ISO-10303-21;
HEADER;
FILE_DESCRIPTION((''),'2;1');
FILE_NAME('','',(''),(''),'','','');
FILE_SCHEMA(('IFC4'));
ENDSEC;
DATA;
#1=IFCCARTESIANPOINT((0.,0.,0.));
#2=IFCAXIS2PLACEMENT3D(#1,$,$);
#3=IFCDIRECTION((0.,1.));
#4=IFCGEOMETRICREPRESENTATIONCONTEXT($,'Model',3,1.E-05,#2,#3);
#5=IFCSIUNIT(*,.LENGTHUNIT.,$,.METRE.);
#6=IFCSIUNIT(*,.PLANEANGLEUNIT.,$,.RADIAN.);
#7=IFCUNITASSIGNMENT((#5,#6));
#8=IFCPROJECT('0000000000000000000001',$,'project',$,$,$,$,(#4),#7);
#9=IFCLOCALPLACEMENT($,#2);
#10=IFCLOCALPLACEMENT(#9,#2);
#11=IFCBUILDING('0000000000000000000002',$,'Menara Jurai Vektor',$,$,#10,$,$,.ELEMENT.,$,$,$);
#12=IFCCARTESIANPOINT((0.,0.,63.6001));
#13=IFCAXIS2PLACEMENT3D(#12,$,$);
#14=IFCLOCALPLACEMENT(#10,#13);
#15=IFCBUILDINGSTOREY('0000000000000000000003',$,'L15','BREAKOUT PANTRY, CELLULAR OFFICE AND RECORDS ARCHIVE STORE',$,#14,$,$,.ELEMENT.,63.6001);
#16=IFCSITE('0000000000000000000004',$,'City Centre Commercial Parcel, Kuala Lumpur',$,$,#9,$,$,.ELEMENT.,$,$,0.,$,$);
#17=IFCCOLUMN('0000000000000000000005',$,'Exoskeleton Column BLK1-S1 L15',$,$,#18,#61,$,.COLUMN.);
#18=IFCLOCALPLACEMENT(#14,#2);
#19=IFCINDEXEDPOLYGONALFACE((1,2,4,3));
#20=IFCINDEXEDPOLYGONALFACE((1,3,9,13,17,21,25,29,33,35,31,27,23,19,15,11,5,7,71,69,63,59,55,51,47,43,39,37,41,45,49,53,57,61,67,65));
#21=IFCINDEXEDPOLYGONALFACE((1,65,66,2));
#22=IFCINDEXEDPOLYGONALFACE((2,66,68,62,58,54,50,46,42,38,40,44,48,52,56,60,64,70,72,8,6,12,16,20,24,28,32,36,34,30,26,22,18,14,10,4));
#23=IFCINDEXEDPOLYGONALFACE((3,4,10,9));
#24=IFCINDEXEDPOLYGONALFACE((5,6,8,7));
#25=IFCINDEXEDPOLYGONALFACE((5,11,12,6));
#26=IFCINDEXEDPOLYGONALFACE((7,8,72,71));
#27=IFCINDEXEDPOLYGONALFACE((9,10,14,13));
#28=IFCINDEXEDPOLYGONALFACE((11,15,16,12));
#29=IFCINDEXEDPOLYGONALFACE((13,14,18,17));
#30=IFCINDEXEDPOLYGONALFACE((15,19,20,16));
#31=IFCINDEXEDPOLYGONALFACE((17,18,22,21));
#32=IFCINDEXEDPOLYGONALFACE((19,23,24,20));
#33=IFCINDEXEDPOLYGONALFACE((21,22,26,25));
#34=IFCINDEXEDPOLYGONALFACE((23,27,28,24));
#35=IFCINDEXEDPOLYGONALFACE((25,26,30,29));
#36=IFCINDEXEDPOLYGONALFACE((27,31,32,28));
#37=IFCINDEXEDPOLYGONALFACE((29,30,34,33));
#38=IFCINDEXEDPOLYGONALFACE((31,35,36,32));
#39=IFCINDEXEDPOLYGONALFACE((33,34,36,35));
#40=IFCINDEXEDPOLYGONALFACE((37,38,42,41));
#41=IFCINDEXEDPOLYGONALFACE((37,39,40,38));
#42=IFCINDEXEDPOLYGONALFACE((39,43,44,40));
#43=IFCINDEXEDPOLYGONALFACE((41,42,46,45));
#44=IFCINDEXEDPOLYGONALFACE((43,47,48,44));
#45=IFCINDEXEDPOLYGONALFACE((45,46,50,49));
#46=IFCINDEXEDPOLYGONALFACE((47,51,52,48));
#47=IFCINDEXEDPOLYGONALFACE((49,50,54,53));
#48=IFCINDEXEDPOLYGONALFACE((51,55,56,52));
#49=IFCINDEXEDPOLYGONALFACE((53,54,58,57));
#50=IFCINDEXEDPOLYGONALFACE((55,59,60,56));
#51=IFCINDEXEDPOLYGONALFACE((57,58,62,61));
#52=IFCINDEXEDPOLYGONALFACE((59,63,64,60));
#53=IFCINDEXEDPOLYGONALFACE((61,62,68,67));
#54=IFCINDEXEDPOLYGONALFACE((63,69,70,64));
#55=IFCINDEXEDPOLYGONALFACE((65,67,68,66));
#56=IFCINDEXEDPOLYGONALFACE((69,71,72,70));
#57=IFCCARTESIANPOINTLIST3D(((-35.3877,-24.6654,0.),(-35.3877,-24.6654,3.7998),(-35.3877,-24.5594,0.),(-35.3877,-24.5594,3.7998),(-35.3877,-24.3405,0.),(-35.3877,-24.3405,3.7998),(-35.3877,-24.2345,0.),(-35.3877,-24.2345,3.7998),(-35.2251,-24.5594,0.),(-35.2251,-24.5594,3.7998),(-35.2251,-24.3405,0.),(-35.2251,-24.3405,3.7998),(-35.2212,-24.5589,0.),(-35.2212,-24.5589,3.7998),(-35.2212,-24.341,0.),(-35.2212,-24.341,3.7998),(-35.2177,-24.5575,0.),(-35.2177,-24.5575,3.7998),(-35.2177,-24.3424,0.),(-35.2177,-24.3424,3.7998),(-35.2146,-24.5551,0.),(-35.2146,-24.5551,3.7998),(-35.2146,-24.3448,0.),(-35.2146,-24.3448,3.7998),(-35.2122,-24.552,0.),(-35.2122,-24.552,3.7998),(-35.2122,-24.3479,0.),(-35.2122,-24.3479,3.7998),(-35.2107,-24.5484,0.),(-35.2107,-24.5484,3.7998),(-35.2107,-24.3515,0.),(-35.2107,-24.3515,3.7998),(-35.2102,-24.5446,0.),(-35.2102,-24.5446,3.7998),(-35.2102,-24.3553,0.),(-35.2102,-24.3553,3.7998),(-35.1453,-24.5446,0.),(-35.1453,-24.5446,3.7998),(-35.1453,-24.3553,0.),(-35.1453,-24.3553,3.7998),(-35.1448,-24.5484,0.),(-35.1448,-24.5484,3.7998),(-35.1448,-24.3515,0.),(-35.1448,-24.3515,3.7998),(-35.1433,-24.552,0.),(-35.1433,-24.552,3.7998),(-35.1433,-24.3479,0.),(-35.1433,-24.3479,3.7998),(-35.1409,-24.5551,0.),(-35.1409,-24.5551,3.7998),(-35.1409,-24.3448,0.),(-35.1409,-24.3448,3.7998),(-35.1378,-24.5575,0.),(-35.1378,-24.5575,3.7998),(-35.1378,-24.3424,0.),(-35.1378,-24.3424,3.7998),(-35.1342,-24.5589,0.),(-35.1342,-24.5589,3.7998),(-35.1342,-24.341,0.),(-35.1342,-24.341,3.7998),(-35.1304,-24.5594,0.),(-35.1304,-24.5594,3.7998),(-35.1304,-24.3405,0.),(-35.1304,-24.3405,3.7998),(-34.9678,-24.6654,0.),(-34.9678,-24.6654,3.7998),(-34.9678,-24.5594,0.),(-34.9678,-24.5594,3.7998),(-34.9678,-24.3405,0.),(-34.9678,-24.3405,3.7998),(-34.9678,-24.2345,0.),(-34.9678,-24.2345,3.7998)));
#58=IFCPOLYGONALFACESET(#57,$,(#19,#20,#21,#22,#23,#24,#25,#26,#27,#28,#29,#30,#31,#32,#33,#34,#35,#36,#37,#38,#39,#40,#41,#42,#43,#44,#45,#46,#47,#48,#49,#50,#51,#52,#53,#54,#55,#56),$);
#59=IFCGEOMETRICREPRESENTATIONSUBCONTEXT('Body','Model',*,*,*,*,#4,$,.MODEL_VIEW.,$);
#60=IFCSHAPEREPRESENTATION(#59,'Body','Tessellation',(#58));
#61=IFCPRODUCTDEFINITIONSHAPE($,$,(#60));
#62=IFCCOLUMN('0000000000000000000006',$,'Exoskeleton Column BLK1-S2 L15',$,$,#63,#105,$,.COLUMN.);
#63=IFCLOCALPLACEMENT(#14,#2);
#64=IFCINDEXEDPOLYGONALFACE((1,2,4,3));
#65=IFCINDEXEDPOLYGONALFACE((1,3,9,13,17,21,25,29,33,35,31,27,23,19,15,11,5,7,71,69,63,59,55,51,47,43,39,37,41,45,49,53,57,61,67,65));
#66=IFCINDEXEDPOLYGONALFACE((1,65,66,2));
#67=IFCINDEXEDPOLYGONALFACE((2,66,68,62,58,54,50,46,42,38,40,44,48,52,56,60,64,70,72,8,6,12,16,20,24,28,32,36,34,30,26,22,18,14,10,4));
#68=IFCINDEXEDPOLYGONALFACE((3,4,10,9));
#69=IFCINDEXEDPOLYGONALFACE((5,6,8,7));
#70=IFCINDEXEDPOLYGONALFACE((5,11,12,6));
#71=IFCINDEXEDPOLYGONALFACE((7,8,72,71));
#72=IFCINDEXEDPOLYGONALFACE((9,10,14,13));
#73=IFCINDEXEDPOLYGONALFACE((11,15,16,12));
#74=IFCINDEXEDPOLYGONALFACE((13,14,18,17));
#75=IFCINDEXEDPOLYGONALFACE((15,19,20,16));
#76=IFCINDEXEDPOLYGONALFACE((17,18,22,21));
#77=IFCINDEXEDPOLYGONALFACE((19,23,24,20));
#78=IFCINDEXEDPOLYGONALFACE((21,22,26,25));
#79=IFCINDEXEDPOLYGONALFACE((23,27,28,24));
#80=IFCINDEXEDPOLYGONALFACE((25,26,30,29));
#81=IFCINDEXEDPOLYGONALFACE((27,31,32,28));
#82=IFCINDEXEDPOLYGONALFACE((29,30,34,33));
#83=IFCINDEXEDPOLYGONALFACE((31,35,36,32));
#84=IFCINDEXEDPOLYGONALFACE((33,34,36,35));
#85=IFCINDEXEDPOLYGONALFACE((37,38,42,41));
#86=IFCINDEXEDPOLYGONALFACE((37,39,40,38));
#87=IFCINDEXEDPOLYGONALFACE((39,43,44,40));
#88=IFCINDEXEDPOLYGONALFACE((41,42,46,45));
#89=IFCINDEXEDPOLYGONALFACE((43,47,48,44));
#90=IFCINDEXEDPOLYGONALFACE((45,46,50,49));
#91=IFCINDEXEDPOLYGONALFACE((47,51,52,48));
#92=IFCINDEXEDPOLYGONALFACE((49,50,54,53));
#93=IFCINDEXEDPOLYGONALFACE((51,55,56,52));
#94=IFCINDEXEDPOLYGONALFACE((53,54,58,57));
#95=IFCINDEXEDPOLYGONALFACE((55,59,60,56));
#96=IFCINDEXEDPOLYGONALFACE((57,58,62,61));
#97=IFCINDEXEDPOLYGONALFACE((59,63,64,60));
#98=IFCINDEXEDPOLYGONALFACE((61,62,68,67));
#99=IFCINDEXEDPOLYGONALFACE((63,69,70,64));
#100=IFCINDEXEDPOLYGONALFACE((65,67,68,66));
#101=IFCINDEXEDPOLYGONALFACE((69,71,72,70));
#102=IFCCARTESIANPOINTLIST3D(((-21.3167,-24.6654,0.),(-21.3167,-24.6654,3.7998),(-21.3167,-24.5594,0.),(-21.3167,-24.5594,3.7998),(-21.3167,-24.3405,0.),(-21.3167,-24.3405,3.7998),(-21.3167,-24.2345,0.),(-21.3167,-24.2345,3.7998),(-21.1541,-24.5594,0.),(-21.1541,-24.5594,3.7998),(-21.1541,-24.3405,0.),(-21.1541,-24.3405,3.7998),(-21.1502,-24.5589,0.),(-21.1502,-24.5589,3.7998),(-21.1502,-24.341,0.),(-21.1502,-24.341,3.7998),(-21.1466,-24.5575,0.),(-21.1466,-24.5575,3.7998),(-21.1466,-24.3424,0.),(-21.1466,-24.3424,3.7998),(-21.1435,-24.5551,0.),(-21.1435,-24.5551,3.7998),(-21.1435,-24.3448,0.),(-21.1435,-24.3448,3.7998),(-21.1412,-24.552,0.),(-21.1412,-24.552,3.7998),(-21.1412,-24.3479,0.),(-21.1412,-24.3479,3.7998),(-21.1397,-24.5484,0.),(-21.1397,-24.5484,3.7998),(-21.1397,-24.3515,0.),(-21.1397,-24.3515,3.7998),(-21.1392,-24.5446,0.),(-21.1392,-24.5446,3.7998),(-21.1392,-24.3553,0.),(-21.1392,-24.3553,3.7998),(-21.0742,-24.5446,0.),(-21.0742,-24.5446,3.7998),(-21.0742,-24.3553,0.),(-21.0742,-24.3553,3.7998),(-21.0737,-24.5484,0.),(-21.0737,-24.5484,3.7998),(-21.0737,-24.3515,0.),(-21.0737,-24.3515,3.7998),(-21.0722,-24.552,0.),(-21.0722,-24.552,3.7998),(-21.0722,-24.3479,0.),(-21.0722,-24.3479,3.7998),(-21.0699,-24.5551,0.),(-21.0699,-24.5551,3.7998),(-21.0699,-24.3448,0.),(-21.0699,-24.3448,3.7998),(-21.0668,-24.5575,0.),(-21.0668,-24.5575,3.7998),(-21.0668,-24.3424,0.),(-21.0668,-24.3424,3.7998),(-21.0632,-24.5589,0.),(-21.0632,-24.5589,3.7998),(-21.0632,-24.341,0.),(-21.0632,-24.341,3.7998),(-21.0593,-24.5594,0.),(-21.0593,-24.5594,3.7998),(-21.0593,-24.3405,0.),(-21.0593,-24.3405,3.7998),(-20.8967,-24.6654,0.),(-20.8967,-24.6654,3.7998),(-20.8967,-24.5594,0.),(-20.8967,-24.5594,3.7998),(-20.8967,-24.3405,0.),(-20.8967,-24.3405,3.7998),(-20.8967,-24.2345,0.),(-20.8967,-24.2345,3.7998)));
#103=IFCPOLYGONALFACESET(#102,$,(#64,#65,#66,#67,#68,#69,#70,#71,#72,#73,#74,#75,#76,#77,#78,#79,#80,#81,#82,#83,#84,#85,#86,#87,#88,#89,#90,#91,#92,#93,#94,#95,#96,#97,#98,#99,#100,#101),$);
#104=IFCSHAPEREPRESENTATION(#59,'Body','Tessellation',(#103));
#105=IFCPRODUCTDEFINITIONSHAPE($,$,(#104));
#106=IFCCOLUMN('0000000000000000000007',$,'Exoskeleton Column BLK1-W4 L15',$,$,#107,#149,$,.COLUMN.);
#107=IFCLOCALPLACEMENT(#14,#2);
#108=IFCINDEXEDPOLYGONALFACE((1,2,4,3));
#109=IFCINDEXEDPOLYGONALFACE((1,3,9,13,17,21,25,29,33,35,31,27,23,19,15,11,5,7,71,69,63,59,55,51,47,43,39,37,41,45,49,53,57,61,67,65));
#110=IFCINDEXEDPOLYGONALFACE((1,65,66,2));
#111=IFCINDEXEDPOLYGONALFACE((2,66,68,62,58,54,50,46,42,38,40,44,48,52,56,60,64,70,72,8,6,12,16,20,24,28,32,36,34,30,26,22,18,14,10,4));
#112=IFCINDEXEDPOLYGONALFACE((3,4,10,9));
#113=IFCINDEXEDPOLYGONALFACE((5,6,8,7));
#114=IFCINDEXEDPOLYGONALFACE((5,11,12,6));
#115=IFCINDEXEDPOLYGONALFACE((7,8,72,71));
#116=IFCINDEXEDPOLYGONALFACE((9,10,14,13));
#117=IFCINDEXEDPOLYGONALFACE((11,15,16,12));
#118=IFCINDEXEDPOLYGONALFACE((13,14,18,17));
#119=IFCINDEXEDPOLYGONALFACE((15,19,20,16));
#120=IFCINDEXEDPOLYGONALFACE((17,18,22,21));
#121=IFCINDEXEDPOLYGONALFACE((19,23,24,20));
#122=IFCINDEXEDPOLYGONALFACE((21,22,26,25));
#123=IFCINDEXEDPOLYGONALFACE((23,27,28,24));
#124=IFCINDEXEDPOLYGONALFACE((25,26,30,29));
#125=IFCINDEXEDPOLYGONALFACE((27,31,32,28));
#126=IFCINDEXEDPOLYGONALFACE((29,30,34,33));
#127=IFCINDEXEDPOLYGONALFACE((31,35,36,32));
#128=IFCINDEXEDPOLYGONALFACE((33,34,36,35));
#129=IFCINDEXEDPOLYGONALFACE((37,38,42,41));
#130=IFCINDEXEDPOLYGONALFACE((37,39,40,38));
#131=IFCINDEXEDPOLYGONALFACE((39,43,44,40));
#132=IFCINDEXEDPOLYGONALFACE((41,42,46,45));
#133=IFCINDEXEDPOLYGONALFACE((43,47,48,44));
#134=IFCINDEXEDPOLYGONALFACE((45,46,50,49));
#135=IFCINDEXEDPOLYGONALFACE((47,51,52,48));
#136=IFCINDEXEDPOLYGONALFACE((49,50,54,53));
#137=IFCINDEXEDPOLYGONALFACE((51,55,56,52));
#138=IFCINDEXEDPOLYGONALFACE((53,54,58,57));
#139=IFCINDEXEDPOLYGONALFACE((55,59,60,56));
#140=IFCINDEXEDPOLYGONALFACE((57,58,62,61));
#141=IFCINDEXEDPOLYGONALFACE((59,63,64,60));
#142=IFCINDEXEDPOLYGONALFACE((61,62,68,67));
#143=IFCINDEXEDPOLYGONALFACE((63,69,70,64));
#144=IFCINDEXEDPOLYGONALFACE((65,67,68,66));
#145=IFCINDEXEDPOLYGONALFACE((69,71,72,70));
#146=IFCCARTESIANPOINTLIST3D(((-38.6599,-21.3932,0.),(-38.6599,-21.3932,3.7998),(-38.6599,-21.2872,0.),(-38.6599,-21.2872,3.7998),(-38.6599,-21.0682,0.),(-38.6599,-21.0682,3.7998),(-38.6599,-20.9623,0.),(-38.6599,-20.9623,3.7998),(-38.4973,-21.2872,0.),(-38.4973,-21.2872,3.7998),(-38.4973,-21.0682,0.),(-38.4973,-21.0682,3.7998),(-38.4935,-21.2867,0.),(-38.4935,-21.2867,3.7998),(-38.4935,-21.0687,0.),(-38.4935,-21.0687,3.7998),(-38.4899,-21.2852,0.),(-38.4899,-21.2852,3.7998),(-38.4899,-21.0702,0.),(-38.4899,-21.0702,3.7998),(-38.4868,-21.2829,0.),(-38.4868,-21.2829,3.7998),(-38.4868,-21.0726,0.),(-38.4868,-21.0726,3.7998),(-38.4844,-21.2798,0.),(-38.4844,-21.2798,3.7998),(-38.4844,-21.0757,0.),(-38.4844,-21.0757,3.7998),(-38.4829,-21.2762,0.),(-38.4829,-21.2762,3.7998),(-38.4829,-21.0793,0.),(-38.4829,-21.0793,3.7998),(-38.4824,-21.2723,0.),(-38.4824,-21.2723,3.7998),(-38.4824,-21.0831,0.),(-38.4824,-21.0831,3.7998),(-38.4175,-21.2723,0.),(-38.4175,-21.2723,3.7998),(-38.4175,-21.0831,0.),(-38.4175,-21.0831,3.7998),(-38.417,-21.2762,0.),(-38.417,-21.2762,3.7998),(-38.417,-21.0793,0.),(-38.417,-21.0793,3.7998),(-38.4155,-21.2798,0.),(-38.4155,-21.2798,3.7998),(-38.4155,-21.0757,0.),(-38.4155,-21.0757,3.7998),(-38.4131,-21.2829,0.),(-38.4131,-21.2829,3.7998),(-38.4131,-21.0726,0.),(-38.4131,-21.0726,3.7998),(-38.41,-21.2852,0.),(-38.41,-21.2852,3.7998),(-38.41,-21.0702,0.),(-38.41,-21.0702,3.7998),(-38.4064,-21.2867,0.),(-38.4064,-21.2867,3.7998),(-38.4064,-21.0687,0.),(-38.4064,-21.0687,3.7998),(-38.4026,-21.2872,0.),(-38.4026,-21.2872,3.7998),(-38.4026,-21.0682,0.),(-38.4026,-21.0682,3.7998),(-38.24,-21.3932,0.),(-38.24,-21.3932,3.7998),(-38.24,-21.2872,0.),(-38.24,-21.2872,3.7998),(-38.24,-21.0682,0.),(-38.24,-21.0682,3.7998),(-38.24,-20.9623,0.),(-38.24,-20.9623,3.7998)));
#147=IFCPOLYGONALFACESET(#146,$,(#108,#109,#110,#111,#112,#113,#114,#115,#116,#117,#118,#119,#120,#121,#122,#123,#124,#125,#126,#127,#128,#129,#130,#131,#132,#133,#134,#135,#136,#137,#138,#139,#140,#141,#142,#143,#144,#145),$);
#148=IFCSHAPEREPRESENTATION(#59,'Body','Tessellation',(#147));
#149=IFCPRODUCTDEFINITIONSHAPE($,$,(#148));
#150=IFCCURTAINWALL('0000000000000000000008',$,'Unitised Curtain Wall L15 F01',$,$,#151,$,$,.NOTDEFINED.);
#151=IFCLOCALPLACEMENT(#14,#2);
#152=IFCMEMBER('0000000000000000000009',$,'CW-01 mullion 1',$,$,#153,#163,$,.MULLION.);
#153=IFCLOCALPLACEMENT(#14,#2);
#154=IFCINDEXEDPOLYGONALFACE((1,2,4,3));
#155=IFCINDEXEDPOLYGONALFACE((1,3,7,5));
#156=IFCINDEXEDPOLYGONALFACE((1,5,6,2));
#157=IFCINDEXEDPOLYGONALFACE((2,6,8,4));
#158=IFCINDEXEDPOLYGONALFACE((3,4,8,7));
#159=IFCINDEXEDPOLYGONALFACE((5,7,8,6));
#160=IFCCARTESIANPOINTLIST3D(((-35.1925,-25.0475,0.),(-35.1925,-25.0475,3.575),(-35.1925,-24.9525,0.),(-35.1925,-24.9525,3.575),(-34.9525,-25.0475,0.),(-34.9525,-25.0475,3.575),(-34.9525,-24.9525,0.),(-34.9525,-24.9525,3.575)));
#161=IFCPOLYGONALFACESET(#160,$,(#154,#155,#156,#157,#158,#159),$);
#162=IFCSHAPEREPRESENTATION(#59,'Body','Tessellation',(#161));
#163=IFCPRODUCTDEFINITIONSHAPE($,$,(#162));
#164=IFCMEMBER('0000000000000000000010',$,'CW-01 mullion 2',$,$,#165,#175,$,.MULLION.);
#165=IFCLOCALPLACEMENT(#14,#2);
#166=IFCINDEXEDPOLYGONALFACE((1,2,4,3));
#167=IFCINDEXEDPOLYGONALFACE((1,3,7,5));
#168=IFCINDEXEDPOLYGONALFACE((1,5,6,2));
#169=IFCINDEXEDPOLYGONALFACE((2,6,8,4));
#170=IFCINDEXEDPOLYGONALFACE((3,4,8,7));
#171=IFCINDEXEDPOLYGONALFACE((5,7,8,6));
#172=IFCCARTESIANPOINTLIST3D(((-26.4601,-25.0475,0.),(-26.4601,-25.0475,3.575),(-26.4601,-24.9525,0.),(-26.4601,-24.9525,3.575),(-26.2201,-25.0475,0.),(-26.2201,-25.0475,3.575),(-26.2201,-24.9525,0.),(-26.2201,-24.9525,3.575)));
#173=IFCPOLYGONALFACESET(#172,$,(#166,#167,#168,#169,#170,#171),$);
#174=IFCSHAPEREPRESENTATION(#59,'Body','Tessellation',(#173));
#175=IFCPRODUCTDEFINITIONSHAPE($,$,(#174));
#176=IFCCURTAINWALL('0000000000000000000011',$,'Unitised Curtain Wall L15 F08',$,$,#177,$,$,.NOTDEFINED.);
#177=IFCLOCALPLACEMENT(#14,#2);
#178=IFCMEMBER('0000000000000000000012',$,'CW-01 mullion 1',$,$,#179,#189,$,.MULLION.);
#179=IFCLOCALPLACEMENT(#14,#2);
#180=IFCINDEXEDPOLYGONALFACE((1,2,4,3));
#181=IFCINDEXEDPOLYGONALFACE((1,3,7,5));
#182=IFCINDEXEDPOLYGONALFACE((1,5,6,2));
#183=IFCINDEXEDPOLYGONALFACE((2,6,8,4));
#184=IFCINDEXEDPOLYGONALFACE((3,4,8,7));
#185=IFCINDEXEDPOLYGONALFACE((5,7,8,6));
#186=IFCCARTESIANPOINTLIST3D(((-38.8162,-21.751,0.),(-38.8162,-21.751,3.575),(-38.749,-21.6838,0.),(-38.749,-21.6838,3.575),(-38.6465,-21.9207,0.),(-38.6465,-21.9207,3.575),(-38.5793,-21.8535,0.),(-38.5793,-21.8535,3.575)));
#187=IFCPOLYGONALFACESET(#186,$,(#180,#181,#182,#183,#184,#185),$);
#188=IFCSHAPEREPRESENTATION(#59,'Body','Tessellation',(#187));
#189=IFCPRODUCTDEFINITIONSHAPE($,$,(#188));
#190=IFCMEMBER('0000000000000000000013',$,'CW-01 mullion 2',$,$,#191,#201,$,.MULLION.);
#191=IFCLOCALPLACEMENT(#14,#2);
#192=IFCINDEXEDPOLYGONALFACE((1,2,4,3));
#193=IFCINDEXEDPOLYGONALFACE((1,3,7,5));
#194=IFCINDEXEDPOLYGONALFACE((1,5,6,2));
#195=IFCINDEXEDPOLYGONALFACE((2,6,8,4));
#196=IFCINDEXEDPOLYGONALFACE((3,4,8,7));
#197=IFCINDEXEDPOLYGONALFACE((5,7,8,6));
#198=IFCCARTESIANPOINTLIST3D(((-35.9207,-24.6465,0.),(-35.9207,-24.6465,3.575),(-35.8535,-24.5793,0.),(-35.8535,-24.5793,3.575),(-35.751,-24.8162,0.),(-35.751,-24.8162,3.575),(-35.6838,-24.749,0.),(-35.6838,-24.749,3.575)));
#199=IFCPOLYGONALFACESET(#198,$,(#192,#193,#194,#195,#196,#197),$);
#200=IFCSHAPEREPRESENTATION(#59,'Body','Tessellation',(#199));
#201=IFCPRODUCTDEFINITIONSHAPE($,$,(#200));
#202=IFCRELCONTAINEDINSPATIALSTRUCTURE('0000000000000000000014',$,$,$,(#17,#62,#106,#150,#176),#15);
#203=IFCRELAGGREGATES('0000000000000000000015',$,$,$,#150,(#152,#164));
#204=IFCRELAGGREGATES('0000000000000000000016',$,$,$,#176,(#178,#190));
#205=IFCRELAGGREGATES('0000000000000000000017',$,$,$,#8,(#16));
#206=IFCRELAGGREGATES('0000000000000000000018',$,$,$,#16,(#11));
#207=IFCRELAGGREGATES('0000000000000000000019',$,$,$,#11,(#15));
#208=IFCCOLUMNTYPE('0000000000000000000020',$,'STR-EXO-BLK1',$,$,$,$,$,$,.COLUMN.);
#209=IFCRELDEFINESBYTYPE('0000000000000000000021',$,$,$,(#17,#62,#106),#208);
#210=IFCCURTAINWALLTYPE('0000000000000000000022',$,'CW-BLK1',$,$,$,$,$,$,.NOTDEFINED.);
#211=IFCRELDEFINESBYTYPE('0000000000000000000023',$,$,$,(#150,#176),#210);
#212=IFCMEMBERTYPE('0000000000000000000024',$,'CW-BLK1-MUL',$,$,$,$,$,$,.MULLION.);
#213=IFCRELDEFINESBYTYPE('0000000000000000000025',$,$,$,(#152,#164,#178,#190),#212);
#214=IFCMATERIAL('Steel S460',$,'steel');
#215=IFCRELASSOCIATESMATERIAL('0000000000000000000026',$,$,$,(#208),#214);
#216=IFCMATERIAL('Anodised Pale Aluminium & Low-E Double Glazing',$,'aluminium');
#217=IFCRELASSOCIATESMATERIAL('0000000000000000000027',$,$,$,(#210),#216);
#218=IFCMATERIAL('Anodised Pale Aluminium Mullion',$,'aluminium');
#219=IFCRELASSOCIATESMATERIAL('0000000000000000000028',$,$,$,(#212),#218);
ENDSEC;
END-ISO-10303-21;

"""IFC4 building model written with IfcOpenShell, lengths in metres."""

from ifc_helpers import new_model, si_unit, direction, frame, origin, origin_2d, place, context, subcontext, project, spatial, rectangle, i_section, extrude, material, material_profile, profile_set, type_object, element, aggregate, save


model = new_model("IFC4")

# Units and contexts
model_context = context("Model", 3, precision=1e-05, world=origin(), true_north=direction((0.0, 1.0)))
body_context = subcontext(model_context, "Body", "Model", "MODEL_VIEW")
ifc_project = project(units=[si_unit("LENGTHUNIT", "METRE"), si_unit("PLANEANGLEUNIT", "RADIAN")], contexts=[model_context])

# Site, building, storey
site_placement = place(None, origin())
site = spatial("IfcSite", under=ifc_project, at=site_placement, Name="City Centre Commercial Parcel, Kuala Lumpur", CompositionType="ELEMENT", RefElevation=0.0)
building_placement = place(site_placement, origin())
building = spatial("IfcBuilding", under=site, at=building_placement, Name="Menara Jurai Vektor", CompositionType="ELEMENT")
storey_placement = place(building_placement, frame((0.0, 0.0, 63.6001)))
storey = spatial("IfcBuildingStorey", under=building, at=storey_placement, Name="L15", Description="BREAKOUT PANTRY, CELLULAR OFFICE AND RECORDS ARCHIVE STORE", CompositionType="ELEMENT", Elevation=63.6001)

# Columns
ifc_material_1 = material(Name="Steel S460", Category="steel")
ifc_material_profile_1 = material_profile(ifc_material_1, i_section(OverallWidth=0.4199, OverallDepth=0.4309, WebThickness=0.0649, FlangeThickness=0.106, FilletRadius=0.0149, at=origin_2d()), Name="HD 400x900")
ifc_profile_set_1 = profile_set([ifc_material_profile_1], Name="Steel S460")
column_type = type_object("IfcColumnType", Name="STR-EXO-BLK1", PredefinedType="COLUMN", material=ifc_profile_set_1)
for number, where, z_axis, x_axis, name in (
    (1, (-35.1777, -24.45, 0.0), (0.0, 0.0, 1.0), (1.0, 0.0, 0.0), "Exoskeleton Column BLK1-S1 L15"),
    (2, (-21.1067, -24.45, 0.0), (0.0, 0.0, 1.0), (1.0, 0.0, 0.0), "Exoskeleton Column BLK1-S2 L15"),
    (3, (-38.45, -21.1777, 0.0), (0.0, 0.0, 1.0), (1.0, 0.0, 0.0), "Exoskeleton Column BLK1-W4 L15"),
):
    element("IfcColumn", number, at=place(storey_placement, frame(where, z_axis=z_axis, x_axis=x_axis)), inside=storey, type_object=column_type, Name=name, PredefinedType="COLUMN", context=body_context, shape_type="SweptSolid", body=[
        extrude(i_section(OverallWidth=0.4199, OverallDepth=0.4309, WebThickness=0.0649, FlangeThickness=0.106, FilletRadius=0.0149, at=origin_2d()), origin(), (0.0, 0.0, 1.0), 3.7998),
    ])

# Curtain walls, members
ifc_material_2 = material(Name="Anodised Pale Aluminium & Low-E Double Glazing", Category="aluminium")
curtain_wall_type = type_object("IfcCurtainWallType", Name="CW-BLK1", PredefinedType="NOTDEFINED", material=ifc_material_2)
curtain_wall_1_placement = place(storey_placement, origin())
curtain_wall_1 = element("IfcCurtainWall", 4, at=curtain_wall_1_placement, inside=storey, type_object=curtain_wall_type, Name="Unitised Curtain Wall L15 F01", PredefinedType="NOTDEFINED")
ifc_material_3 = material(Name="Anodised Pale Aluminium Mullion", Category="aluminium")
ifc_material_profile_2 = material_profile(ifc_material_3, rectangle(XDim=0.095, YDim=0.24, at=origin_2d()), Name="ALU MUL 95x240")
ifc_profile_set_2 = profile_set([ifc_material_profile_2], Name="Anodised Pale Aluminium Mullion")
member_type_1 = type_object("IfcMemberType", Name="CW-BLK1-MUL", PredefinedType="MULLION", material=ifc_profile_set_2)
member_1_placement = place(storey_placement, frame((-35.0725, -25.0, 0.0), z_axis=(0.0, 0.0, 1.0), x_axis=(0.0, 1.0, 0.0)))
member_1 = element("IfcMember", 5, at=member_1_placement, type_object=member_type_1, Name="CW-01 mullion 1", PredefinedType="MULLION", context=body_context, shape_type="SweptSolid", body=[
    extrude(rectangle(XDim=0.095, YDim=0.24, at=origin_2d()), origin(), (0.0, 0.0, 1.0), 3.575),
])
member_2_placement = place(storey_placement, frame((-26.3401, -25.0, 0.0), z_axis=(0.0, 0.0, 1.0), x_axis=(0.0, 1.0, 0.0)))
member_2 = element("IfcMember", 6, at=member_2_placement, type_object=member_type_1, Name="CW-01 mullion 2", PredefinedType="MULLION", context=body_context, shape_type="SweptSolid", body=[
    extrude(rectangle(XDim=0.095, YDim=0.24, at=origin_2d()), origin(), (0.0, 0.0, 1.0), 3.575),
])
curtain_wall_2_placement = place(storey_placement, origin())
curtain_wall_2 = element("IfcCurtainWall", 7, at=curtain_wall_2_placement, inside=storey, type_object=curtain_wall_type, Name="Unitised Curtain Wall L15 F08", PredefinedType="NOTDEFINED")
member_3_placement = place(storey_placement, frame((-38.6978, -21.8022, 0.0), z_axis=(0.0, 0.0, 1.0), x_axis=(0.707107, 0.707107, 0.0)))
member_3 = element("IfcMember", 8, at=member_3_placement, type_object=member_type_1, Name="CW-01 mullion 1", PredefinedType="MULLION", context=body_context, shape_type="SweptSolid", body=[
    extrude(rectangle(XDim=0.095, YDim=0.24, at=origin_2d()), origin(), (0.0, 0.0, 1.0), 3.575),
])
member_4_placement = place(storey_placement, frame((-35.8022, -24.6978, 0.0), z_axis=(0.0, 0.0, 1.0), x_axis=(0.707107, 0.707107, 0.0)))
member_4 = element("IfcMember", 9, at=member_4_placement, type_object=member_type_1, Name="CW-01 mullion 2", PredefinedType="MULLION", context=body_context, shape_type="SweptSolid", body=[
    extrude(rectangle(XDim=0.095, YDim=0.24, at=origin_2d()), origin(), (0.0, 0.0, 1.0), 3.575),
])

aggregate(curtain_wall_1, [member_1, member_2])
aggregate(curtain_wall_2, [member_3, member_4])

save(model, "model.ifc")
